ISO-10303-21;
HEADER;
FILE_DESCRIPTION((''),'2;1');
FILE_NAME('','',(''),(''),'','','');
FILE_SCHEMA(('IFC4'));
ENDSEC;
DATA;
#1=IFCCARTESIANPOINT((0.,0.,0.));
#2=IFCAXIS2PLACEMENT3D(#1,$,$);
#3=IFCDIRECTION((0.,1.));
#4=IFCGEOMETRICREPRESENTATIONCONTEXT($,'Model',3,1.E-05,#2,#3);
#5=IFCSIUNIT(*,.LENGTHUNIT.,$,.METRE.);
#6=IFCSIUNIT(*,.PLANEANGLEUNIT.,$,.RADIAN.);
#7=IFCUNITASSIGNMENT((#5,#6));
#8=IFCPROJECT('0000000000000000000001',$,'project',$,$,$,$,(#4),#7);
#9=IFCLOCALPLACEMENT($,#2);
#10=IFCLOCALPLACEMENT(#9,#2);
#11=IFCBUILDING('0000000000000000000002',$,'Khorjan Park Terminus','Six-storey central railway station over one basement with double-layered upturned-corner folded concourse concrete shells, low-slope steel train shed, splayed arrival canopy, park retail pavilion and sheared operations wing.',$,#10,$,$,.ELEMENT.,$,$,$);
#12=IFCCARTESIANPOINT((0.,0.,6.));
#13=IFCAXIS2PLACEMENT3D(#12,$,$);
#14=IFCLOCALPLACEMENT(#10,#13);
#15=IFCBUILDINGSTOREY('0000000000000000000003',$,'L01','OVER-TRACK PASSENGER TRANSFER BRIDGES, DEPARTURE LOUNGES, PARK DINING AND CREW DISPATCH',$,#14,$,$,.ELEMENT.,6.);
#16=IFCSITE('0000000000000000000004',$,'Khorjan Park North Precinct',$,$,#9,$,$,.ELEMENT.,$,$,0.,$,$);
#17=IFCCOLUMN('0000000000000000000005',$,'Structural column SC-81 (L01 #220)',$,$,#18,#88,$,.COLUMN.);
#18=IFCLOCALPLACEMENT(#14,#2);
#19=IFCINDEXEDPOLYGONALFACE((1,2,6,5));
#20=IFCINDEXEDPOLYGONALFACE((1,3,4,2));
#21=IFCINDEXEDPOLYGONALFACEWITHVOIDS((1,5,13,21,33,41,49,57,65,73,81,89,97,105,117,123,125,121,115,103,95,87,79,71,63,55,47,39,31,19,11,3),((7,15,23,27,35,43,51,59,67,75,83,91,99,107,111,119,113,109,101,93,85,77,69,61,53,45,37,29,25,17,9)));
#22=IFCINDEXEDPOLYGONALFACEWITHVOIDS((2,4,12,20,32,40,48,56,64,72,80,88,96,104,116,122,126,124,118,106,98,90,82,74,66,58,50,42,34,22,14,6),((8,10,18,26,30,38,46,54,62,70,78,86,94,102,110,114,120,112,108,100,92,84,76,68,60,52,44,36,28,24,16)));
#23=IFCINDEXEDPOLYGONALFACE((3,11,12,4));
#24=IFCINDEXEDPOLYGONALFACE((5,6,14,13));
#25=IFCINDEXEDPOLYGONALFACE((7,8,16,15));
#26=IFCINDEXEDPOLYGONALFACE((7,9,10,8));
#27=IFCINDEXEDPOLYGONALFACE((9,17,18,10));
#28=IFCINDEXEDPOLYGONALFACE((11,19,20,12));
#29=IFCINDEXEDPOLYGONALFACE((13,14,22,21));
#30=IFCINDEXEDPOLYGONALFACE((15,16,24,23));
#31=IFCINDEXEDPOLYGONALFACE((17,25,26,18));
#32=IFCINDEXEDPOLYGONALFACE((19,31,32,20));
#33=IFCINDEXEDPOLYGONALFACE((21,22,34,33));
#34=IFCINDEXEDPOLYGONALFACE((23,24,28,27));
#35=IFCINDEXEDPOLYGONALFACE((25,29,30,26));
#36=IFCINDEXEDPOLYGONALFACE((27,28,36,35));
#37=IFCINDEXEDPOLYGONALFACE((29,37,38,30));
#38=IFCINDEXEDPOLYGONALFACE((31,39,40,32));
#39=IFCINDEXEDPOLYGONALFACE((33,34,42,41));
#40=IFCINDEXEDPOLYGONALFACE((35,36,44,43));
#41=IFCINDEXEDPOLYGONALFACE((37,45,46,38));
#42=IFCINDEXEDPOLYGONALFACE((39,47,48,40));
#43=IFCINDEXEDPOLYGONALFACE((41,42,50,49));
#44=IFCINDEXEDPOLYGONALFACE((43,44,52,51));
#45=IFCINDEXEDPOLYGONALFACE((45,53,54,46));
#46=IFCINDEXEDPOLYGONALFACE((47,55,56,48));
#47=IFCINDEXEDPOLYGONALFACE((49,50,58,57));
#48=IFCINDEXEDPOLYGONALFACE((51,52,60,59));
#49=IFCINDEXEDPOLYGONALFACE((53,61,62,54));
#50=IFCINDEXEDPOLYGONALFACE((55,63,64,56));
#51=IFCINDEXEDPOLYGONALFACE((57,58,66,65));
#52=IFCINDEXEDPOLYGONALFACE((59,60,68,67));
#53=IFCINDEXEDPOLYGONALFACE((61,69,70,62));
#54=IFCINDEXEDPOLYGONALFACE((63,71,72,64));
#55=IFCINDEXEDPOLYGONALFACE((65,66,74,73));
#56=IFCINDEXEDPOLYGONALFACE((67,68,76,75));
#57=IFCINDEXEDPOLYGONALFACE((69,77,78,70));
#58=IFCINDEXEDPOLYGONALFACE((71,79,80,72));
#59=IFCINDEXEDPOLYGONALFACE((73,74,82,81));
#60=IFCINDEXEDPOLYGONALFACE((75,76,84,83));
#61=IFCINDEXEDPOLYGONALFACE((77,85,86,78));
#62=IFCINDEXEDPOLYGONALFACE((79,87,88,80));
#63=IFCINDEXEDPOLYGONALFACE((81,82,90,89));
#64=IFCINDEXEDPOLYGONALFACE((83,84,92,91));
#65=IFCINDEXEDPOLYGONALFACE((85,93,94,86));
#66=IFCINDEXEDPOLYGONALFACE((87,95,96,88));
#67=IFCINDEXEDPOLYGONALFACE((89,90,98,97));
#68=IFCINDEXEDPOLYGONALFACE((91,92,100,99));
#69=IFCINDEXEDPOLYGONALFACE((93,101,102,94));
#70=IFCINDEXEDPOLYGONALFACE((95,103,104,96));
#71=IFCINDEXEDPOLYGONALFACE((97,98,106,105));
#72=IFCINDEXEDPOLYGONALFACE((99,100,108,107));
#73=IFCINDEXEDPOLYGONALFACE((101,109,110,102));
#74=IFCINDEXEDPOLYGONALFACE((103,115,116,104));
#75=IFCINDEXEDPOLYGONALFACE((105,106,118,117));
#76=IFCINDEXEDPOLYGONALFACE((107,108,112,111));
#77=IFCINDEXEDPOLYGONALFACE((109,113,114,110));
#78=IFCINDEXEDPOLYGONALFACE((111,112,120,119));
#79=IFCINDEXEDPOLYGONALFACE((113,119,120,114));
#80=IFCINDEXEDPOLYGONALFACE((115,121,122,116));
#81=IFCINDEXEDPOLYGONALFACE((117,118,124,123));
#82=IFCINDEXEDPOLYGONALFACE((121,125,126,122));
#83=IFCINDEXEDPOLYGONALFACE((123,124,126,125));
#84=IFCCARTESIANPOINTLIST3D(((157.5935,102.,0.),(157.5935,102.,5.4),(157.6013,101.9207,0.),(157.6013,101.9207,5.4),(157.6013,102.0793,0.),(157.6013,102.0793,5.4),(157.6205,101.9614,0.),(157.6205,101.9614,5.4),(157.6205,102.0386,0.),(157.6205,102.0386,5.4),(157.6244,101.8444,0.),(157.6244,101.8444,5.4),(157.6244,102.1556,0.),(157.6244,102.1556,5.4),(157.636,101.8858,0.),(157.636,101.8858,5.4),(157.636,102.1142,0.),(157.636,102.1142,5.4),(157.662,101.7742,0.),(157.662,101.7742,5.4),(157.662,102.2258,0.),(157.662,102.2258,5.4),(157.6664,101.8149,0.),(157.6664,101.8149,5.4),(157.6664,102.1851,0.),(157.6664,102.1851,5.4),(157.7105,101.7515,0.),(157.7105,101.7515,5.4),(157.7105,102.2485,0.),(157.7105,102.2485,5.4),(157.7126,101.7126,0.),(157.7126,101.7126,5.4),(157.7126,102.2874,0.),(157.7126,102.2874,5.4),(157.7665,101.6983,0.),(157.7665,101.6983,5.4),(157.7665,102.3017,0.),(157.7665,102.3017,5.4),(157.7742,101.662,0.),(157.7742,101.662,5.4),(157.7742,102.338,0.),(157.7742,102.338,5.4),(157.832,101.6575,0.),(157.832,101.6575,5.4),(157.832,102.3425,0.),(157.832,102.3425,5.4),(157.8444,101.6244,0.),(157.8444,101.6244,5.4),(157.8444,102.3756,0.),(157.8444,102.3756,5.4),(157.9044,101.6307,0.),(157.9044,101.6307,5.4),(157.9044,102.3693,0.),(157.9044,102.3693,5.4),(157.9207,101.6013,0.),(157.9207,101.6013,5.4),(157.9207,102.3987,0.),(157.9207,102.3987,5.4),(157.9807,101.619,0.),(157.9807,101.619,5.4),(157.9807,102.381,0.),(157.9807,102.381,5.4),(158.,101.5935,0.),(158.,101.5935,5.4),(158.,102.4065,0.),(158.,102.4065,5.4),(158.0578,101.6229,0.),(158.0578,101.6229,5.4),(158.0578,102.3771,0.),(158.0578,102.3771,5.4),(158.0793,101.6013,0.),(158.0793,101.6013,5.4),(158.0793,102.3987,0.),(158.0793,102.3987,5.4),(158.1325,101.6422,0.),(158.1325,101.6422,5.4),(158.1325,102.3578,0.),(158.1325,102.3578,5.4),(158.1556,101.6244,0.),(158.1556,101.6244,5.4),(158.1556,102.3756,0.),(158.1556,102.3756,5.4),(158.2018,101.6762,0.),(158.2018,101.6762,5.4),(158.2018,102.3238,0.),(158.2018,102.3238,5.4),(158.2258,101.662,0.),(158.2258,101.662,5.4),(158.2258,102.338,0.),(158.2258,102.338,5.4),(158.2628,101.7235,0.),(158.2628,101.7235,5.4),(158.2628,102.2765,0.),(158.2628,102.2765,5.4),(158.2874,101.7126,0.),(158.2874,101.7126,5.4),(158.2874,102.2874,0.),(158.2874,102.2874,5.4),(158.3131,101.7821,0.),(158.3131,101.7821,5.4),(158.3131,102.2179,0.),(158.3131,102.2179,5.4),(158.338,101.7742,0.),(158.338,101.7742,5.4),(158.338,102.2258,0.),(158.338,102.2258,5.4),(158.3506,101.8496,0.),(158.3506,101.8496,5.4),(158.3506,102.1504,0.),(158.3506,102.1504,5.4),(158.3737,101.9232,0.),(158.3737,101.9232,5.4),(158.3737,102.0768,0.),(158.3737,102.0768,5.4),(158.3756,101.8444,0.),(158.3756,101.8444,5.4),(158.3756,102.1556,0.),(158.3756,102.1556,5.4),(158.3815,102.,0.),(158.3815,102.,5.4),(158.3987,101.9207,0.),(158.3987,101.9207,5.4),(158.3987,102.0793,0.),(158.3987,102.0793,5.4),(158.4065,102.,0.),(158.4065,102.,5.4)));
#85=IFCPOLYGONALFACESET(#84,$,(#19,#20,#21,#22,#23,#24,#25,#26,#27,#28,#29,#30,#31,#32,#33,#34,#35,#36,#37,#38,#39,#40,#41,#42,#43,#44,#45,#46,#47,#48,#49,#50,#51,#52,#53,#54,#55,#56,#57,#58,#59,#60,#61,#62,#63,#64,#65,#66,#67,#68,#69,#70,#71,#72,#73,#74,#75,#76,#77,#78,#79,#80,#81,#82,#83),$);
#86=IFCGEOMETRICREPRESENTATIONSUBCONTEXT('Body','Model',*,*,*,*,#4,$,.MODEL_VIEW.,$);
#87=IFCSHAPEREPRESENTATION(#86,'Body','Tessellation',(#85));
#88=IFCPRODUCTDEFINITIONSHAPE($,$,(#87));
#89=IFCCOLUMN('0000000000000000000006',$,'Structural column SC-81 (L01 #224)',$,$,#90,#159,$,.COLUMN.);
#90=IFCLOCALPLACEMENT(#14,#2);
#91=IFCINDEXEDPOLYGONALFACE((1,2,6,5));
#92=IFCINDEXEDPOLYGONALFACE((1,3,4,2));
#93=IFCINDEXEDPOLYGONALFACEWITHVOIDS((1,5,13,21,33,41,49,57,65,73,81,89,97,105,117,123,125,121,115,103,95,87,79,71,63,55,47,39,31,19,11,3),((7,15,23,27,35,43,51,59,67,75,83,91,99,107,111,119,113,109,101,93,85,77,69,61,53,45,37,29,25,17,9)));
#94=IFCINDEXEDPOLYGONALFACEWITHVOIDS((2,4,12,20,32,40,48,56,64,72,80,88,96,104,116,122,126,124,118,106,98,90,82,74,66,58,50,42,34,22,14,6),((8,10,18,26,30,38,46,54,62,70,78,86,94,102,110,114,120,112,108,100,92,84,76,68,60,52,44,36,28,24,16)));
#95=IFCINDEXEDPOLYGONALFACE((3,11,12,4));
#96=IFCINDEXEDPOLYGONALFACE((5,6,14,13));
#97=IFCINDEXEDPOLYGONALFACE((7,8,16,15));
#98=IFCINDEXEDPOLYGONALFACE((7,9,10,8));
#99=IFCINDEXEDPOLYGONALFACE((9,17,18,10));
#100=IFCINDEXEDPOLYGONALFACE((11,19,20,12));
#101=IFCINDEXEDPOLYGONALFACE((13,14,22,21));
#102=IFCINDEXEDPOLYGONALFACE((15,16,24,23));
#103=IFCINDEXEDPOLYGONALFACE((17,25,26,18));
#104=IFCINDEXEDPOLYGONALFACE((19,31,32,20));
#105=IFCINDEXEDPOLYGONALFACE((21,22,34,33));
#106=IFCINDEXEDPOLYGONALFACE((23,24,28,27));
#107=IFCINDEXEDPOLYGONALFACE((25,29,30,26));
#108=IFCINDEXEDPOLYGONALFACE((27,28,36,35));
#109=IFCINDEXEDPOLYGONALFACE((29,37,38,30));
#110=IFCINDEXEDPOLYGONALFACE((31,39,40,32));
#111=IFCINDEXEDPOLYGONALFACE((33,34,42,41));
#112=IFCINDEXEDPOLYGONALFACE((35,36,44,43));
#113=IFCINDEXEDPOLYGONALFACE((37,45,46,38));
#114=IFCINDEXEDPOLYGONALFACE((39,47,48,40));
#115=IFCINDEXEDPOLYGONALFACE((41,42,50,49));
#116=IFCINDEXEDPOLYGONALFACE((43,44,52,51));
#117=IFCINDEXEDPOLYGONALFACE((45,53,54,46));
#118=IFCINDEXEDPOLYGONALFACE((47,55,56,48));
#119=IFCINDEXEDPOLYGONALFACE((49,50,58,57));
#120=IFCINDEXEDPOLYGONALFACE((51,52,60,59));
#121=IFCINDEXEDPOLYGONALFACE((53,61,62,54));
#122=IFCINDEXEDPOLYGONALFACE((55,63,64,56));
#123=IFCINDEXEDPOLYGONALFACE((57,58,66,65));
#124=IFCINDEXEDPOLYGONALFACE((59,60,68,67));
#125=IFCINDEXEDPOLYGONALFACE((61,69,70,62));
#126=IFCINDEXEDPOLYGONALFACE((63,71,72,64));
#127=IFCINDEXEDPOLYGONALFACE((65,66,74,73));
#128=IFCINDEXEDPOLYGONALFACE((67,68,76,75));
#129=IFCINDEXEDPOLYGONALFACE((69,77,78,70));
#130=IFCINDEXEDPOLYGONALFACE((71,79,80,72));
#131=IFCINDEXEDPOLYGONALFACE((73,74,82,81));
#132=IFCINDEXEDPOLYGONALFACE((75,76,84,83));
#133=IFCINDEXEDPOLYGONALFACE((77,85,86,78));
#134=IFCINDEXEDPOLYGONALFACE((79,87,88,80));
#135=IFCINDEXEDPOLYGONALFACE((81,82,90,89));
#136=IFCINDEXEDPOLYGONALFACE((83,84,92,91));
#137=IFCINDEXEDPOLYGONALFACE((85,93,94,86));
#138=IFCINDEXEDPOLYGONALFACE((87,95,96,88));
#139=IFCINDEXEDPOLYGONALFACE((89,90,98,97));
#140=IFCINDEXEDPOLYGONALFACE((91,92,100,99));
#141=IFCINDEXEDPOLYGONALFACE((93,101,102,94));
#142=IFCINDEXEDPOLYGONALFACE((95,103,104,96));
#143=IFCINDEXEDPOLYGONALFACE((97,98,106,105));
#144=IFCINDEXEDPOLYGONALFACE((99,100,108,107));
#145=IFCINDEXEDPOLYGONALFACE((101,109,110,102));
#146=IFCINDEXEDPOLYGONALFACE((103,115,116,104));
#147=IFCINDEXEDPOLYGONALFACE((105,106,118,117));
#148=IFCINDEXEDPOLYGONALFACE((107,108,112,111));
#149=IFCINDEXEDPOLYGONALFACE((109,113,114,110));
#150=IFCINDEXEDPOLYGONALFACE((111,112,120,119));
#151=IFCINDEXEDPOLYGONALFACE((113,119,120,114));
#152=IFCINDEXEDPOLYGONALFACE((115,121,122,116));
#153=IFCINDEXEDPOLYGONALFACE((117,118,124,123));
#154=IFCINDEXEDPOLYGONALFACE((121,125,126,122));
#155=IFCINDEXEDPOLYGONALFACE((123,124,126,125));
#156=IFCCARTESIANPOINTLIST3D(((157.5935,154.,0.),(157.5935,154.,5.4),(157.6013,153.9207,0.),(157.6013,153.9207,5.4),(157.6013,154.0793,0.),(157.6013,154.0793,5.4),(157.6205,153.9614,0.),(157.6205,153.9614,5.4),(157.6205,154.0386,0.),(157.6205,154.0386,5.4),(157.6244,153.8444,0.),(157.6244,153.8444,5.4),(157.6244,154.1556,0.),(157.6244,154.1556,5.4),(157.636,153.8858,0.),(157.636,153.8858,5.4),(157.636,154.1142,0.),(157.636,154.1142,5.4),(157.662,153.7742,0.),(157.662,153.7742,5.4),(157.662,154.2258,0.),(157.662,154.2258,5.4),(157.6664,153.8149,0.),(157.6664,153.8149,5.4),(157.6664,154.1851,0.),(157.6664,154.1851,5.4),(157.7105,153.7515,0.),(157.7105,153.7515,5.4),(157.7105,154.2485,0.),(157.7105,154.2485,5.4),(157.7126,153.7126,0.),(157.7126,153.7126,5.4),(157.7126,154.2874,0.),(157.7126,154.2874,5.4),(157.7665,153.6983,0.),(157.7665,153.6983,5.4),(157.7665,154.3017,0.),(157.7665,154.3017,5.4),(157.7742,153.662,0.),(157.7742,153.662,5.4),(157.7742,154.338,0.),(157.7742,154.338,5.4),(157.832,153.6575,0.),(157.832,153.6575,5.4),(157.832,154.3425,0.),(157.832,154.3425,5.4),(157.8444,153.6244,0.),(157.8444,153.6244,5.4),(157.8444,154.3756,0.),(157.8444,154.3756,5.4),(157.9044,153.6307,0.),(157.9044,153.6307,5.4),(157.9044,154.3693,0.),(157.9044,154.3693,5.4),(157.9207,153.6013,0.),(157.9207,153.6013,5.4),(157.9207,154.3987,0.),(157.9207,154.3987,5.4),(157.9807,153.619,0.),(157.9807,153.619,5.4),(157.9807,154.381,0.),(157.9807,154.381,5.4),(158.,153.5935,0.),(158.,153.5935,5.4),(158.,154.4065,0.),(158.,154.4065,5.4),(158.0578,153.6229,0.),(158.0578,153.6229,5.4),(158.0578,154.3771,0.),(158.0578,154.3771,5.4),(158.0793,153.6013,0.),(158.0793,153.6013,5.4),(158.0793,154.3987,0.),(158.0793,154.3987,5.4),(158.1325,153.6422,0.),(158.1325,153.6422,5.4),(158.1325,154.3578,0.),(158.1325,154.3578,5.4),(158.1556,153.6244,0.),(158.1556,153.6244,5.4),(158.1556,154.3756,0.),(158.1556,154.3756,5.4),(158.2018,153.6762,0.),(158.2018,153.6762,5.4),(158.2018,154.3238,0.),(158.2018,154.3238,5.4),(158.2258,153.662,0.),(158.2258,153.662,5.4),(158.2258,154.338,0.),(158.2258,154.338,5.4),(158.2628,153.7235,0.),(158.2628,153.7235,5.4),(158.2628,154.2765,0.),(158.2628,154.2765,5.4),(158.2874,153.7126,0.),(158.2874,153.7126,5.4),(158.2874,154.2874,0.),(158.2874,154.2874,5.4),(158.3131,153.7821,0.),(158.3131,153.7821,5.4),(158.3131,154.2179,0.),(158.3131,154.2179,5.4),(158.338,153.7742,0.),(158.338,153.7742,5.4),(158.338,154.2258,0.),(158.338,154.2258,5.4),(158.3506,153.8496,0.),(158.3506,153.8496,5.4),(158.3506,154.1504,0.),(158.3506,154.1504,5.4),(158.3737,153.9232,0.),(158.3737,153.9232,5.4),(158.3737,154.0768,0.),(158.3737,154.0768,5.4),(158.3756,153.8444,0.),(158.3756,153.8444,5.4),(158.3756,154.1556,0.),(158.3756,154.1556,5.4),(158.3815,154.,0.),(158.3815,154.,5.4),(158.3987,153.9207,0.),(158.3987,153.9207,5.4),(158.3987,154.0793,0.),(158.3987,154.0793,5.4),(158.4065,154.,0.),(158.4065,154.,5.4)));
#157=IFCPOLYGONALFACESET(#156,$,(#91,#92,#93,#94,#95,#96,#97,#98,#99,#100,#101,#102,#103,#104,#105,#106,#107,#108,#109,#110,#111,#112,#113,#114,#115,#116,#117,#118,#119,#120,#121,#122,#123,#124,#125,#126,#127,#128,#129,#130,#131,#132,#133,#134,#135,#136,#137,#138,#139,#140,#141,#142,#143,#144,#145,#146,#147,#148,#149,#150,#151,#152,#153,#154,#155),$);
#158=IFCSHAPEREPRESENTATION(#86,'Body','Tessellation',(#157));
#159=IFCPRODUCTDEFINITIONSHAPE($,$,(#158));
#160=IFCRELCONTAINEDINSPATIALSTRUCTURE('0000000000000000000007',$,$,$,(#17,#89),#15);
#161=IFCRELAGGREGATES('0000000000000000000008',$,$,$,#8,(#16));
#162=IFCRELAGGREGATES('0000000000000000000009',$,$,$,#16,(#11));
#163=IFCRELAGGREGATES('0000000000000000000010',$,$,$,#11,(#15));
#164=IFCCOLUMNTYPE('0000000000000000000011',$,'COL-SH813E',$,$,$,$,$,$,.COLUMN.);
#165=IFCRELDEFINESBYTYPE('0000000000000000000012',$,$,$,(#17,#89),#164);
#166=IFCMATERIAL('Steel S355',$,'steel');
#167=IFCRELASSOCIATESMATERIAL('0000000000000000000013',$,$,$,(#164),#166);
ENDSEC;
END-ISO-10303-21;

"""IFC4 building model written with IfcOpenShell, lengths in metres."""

from ifc_helpers import new_model, si_unit, direction, frame, origin, origin_2d, place, context, subcontext, project, spatial, hollow_circle, extrude, material, material_profile, profile_set, type_object, element, save


model = new_model("IFC4")

# Units and contexts
model_context = context("Model", 3, precision=1e-05, world=origin(), true_north=direction((0.0, 1.0)))
body_context = subcontext(model_context, "Body", "Model", "MODEL_VIEW")
ifc_project = project(units=[si_unit("LENGTHUNIT", "METRE"), si_unit("PLANEANGLEUNIT", "RADIAN")], contexts=[model_context])

# Site, building, storey
site_placement = place(None, origin())
site = spatial("IfcSite", under=ifc_project, at=site_placement, Name="Khorjan Park North Precinct", CompositionType="ELEMENT", RefElevation=0.0)
building_placement = place(site_placement, origin())
building = spatial("IfcBuilding", under=site, at=building_placement, Name="Khorjan Park Terminus", Description="Six-storey central railway station over one basement with double-layered upturned-corner folded concourse concrete shells, low-slope steel train shed, splayed arrival canopy, park retail pavilion and sheared operations wing.", CompositionType="ELEMENT")
storey_placement = place(building_placement, frame((0.0, 0.0, 6.0)))
storey = spatial("IfcBuildingStorey", under=building, at=storey_placement, Name="L01", Description="OVER-TRACK PASSENGER TRANSFER BRIDGES, DEPARTURE LOUNGES, PARK DINING AND CREW DISPATCH", CompositionType="ELEMENT", Elevation=6.0)

# Columns
ifc_material_1 = material(Name="Steel S355", Category="steel")
ifc_material_profile_1 = material_profile(ifc_material_1, hollow_circle(Radius=0.4065, WallThickness=0.025, at=origin_2d()), Name="CHS 813x25")
ifc_profile_set_1 = profile_set([ifc_material_profile_1], Name="Steel S355")
column_type_1 = type_object("IfcColumnType", Name="COL-SH813E", PredefinedType="COLUMN", material=ifc_profile_set_1)
for number, where, z_axis, x_axis, name in (
    (1, (158.0, 102.0, 0.0), (0.0, 0.0, 1.0), (1.0, 0.0, 0.0), "Structural column SC-81 (L01 #220)"),
    (2, (158.0, 154.0, 0.0), (0.0, 0.0, 1.0), (1.0, 0.0, 0.0), "Structural column SC-81 (L01 #224)"),
):
    element("IfcColumn", number, at=place(storey_placement, frame(where, z_axis=z_axis, x_axis=x_axis)), inside=storey, type_object=column_type_1, Name=name, PredefinedType="COLUMN", context=body_context, shape_type="SweptSolid", body=[
        extrude(hollow_circle(Radius=0.4065, WallThickness=0.025, at=origin_2d()), origin(), (0.0, 0.0, 1.0), 5.4),
    ])

save(model, "model.ifc")
